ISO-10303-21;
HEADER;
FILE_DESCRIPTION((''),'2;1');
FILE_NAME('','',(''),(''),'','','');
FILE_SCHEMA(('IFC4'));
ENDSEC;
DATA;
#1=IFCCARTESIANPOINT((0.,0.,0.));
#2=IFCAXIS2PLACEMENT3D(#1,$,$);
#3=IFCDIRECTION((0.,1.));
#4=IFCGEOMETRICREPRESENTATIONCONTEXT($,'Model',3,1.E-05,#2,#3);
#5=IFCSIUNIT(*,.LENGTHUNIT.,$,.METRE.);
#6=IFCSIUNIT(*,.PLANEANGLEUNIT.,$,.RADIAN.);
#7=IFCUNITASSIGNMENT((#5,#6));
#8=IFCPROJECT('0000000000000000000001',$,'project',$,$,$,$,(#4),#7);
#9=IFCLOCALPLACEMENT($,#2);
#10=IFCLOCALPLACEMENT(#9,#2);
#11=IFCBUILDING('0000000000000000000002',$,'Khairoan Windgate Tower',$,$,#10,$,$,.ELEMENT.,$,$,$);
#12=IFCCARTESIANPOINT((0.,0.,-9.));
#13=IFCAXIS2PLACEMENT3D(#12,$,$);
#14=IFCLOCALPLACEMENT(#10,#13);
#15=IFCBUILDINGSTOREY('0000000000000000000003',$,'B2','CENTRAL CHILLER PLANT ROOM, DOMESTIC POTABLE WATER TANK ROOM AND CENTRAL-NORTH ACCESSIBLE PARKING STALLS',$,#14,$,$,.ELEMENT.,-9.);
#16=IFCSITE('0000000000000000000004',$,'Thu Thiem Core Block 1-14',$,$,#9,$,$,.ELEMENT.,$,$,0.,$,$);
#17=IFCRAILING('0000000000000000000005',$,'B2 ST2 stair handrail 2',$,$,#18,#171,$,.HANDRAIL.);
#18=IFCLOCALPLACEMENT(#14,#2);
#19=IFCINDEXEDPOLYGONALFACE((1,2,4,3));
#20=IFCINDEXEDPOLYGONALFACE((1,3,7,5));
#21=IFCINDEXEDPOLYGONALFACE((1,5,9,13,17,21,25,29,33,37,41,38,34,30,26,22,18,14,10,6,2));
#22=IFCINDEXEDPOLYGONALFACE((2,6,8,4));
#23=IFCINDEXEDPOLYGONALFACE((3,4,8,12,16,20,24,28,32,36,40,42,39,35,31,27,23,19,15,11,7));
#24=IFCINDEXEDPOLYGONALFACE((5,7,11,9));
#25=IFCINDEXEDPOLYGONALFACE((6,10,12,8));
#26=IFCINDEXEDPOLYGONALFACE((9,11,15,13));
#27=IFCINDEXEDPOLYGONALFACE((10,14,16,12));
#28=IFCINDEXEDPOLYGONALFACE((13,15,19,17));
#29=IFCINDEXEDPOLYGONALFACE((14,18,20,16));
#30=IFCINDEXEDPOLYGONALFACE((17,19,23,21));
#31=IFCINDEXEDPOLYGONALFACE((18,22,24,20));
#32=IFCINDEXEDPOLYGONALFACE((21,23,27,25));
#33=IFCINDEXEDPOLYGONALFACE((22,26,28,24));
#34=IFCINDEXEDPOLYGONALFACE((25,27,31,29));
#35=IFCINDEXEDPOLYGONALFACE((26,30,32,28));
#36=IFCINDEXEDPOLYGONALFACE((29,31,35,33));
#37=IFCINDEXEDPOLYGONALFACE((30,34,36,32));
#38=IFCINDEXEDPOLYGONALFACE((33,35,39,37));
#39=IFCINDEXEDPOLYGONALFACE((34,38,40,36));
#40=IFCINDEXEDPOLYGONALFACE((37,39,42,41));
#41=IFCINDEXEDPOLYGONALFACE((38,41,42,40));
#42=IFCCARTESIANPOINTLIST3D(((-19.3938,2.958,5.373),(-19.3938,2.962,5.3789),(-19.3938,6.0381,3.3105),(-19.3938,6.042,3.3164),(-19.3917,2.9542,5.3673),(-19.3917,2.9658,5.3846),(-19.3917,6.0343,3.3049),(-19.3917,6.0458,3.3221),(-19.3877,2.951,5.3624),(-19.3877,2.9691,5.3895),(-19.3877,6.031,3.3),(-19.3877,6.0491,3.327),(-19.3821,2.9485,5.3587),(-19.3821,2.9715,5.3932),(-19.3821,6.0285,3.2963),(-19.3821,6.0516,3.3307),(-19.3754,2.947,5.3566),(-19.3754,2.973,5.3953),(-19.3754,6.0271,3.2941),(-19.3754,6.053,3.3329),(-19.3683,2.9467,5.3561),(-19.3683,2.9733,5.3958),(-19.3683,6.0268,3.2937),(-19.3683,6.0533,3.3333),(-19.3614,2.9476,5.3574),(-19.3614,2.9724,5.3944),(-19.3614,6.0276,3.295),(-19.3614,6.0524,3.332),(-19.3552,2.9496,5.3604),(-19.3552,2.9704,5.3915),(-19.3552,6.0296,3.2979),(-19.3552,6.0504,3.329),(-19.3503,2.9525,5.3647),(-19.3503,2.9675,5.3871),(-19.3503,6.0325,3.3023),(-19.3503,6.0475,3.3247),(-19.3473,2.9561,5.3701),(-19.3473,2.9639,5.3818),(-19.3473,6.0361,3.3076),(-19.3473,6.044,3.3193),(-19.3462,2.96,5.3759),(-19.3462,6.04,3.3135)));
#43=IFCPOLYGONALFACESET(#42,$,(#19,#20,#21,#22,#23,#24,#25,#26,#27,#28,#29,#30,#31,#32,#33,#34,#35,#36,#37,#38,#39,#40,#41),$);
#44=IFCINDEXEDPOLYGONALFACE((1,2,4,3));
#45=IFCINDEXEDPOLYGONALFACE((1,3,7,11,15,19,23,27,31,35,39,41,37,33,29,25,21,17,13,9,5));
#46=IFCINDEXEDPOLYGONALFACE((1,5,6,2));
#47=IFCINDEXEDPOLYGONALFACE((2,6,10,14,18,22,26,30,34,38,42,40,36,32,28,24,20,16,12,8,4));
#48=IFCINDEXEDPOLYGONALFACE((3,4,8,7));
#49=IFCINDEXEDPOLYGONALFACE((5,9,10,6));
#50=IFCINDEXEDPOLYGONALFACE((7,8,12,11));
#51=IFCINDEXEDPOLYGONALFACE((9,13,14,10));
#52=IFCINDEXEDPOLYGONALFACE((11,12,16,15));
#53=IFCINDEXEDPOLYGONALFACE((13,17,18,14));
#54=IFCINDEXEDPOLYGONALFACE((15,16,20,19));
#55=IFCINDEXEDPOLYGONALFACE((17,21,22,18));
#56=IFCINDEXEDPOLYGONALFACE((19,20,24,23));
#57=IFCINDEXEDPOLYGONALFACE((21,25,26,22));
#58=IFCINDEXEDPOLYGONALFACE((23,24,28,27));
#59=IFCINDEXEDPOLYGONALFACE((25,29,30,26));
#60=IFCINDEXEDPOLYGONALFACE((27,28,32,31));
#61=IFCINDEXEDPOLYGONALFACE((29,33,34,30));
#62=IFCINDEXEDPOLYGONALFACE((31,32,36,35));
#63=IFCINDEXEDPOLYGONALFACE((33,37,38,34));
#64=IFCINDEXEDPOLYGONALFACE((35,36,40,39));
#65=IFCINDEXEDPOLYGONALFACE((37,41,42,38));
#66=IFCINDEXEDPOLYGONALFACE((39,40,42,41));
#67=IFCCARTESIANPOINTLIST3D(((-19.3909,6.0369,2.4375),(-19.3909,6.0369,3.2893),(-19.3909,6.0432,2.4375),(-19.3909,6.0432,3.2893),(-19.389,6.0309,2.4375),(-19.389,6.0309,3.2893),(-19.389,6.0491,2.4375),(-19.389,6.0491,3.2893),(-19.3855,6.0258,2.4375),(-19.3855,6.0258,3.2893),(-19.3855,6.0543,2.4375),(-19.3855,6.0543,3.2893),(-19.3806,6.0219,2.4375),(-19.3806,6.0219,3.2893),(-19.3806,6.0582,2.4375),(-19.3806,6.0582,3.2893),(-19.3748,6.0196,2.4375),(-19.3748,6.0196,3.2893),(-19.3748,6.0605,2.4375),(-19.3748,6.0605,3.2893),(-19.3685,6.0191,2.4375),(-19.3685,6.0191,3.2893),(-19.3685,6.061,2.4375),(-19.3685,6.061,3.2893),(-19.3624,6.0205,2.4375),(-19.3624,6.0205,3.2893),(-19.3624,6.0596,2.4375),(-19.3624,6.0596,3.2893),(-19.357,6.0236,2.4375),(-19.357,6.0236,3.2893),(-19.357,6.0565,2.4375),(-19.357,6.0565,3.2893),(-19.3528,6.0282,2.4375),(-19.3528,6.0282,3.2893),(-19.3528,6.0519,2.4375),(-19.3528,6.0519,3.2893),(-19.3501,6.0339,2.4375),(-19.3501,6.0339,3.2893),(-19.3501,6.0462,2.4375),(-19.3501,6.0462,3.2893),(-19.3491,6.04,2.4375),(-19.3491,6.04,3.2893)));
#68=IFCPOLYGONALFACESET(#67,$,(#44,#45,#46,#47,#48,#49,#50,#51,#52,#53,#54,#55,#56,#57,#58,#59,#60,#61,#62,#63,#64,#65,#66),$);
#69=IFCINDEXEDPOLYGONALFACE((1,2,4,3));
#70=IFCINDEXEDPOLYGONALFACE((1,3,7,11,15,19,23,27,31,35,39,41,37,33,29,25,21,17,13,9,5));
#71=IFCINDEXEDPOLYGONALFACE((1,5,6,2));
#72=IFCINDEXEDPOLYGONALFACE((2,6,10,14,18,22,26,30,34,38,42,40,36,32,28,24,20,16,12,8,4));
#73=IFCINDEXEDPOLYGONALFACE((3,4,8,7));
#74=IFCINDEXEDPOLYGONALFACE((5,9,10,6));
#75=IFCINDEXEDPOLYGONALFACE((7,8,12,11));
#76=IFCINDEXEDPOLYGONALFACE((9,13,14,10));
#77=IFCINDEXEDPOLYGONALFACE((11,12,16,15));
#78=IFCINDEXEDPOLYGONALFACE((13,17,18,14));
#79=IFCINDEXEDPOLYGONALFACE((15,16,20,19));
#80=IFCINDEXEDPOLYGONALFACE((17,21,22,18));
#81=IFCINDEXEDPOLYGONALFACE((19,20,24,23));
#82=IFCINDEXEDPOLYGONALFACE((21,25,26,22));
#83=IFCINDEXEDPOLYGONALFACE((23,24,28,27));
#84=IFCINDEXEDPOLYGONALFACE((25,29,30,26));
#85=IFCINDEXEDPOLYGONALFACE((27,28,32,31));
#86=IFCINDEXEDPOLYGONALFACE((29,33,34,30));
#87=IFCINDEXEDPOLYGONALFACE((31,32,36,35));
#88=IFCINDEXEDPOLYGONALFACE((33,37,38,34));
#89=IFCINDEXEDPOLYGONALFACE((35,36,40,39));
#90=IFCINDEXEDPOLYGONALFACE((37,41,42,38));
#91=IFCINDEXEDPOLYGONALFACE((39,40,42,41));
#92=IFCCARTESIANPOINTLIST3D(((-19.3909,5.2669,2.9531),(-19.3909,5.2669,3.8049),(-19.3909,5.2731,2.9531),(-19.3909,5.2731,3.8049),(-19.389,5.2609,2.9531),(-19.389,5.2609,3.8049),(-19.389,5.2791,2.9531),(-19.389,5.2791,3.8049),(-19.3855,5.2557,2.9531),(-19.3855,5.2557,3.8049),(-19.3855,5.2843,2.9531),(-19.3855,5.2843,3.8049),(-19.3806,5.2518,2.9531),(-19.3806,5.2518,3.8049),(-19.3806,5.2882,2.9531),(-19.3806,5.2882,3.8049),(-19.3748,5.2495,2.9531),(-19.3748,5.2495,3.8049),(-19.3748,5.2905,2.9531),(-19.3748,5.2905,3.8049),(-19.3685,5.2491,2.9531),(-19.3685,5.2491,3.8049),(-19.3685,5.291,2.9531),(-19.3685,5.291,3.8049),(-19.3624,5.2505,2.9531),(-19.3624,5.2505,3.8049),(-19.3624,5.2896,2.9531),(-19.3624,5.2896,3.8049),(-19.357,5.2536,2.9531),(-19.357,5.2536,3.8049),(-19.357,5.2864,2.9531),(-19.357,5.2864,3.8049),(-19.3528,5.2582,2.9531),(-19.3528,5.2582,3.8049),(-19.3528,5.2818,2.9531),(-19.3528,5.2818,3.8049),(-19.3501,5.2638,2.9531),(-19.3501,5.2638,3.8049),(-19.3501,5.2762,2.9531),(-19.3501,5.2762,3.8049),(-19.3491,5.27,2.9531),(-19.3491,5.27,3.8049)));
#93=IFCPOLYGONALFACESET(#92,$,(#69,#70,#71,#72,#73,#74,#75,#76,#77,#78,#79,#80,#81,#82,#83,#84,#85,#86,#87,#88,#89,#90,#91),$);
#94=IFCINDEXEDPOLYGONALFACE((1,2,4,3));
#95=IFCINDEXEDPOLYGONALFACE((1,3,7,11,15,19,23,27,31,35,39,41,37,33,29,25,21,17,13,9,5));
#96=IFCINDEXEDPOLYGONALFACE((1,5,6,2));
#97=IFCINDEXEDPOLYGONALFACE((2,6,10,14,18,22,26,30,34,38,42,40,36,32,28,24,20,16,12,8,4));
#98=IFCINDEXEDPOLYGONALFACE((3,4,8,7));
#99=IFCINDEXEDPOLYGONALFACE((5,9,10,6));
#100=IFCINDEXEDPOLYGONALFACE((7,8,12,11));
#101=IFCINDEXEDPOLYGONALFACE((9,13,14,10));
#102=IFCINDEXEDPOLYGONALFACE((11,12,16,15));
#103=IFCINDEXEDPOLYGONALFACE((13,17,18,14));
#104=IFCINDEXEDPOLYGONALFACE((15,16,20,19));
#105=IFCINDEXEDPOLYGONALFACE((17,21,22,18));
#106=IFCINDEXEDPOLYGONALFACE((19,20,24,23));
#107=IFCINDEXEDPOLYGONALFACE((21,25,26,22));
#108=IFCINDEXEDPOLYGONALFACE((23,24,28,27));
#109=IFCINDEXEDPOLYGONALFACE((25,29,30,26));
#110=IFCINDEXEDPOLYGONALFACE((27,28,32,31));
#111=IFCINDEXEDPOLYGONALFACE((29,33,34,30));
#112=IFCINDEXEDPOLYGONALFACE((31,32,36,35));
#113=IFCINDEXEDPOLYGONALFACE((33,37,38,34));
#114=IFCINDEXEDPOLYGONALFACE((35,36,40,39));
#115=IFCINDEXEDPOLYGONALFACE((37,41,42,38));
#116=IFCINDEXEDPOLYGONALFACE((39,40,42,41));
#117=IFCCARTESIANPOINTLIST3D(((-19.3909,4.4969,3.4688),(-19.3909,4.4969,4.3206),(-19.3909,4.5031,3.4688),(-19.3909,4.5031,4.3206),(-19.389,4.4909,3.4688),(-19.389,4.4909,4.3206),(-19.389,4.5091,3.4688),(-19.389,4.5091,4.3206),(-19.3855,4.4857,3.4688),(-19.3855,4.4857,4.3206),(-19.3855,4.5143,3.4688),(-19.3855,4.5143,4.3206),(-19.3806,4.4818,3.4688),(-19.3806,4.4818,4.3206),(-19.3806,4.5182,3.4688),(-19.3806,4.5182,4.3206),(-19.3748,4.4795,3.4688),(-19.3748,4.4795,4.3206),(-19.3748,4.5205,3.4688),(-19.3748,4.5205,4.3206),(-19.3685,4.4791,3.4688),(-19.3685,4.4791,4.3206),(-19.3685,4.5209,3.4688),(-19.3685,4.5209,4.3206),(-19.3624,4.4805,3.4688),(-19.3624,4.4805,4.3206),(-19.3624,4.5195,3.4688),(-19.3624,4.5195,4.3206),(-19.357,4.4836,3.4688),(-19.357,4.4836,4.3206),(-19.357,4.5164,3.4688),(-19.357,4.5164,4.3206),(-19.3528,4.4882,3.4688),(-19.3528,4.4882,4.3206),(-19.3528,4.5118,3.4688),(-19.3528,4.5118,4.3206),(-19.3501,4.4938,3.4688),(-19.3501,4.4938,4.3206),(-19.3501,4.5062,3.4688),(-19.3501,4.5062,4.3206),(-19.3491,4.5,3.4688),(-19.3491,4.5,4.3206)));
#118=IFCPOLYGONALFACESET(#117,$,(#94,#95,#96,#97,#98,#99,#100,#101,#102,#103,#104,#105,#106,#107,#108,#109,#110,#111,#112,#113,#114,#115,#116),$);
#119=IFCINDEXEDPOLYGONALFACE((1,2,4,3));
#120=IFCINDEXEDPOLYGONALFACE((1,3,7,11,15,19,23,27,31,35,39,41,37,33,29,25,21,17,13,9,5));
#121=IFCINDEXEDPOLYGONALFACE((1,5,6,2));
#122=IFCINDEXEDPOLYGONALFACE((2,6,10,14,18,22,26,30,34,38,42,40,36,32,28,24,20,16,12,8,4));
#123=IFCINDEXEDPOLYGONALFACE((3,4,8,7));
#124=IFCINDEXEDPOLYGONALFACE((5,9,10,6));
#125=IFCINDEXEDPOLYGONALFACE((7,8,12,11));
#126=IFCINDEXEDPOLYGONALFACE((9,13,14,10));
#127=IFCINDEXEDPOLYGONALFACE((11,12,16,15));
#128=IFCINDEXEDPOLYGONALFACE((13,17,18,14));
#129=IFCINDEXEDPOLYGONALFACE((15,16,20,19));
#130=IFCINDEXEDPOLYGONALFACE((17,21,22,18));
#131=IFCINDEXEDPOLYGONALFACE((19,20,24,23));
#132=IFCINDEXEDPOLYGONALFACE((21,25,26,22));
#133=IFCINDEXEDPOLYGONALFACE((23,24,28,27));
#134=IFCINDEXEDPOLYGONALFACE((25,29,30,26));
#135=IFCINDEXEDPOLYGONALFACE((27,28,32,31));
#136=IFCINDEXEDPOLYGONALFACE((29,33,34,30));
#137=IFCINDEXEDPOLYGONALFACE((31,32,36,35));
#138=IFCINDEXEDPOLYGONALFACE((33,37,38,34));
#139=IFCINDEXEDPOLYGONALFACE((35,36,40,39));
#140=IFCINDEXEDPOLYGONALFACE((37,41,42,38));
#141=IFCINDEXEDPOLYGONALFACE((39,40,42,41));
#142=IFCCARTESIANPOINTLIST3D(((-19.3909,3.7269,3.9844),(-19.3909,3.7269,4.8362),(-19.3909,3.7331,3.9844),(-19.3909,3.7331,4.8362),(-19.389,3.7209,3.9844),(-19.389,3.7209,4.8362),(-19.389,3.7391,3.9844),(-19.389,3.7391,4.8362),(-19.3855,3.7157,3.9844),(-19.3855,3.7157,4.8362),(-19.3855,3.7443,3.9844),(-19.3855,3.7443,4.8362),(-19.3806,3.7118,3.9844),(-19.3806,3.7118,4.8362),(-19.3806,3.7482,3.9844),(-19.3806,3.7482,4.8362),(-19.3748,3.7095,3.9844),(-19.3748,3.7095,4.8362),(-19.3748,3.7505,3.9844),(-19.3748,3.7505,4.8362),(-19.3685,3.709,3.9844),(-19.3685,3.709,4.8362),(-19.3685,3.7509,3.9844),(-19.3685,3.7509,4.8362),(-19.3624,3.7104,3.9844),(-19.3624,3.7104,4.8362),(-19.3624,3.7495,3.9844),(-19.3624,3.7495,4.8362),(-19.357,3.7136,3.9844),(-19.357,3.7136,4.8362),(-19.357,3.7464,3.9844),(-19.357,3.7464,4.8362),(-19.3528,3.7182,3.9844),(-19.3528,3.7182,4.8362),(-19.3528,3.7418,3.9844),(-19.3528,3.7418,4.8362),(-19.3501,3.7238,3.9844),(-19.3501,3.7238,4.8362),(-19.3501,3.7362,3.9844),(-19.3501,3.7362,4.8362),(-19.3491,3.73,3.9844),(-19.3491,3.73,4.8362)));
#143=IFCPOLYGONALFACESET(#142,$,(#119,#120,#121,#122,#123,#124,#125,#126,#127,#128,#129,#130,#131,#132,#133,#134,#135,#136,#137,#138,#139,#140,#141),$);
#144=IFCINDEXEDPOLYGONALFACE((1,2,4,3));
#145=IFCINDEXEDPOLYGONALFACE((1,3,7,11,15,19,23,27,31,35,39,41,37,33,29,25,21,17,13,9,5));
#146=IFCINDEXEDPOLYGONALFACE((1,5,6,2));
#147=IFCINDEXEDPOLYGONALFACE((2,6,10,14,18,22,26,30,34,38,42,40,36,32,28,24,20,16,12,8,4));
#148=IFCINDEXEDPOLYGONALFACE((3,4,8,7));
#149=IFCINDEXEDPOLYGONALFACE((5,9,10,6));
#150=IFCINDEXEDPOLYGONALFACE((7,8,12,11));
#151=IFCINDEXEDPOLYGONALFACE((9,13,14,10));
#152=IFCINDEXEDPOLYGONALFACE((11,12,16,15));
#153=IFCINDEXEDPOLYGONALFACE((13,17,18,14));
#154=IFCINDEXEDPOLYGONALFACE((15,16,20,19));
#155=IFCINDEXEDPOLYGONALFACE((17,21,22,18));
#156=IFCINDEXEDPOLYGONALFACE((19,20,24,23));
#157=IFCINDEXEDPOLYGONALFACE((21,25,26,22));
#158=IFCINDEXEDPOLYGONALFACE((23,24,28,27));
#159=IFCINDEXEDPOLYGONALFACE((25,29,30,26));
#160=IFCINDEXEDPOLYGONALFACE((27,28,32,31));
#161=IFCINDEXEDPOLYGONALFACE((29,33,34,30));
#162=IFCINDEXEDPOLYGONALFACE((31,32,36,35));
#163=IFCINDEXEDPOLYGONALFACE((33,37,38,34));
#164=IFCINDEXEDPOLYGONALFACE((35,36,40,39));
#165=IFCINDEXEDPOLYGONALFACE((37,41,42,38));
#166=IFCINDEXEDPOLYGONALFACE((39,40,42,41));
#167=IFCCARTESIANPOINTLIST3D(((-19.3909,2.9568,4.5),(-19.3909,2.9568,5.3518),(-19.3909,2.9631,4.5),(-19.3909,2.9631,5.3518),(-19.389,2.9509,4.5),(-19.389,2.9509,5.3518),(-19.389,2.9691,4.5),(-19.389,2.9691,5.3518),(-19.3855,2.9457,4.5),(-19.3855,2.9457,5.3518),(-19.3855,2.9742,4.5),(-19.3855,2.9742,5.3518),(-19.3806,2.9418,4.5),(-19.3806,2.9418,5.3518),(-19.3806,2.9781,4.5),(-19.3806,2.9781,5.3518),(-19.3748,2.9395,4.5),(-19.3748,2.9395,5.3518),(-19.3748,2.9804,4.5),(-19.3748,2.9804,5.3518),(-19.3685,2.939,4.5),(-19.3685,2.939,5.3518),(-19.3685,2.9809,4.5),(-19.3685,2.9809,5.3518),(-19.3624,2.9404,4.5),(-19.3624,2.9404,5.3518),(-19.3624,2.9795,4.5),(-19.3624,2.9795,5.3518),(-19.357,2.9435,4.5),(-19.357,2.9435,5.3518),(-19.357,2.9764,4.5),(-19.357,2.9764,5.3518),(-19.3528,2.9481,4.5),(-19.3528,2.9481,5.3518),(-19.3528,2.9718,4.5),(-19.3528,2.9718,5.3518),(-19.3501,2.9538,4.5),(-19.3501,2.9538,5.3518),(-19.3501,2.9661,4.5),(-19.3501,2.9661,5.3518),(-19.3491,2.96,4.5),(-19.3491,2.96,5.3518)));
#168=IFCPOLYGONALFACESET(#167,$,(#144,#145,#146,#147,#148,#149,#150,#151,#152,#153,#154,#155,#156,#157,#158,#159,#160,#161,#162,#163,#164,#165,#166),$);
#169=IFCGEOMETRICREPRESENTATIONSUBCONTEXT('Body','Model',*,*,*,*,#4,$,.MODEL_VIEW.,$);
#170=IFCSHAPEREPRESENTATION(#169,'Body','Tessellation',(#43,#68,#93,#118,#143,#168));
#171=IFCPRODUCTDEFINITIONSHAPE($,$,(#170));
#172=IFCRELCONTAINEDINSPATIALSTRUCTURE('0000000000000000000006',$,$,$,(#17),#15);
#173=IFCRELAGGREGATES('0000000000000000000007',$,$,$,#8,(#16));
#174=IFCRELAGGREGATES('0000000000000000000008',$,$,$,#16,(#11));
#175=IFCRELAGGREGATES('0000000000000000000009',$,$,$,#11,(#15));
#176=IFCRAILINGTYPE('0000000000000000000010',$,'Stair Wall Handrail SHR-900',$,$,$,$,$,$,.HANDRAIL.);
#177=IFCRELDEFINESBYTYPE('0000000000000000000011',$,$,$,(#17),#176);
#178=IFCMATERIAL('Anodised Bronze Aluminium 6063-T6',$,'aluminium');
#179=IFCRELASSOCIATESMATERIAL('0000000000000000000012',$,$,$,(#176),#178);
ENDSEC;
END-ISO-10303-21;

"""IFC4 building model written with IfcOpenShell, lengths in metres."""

from ifc_helpers import new_model, si_unit, direction, frame, origin, origin_2d, place, context, subcontext, project, spatial, circle, extrude, material, type_object, element, save


model = new_model("IFC4")

# Units and contexts
model_context = context("Model", 3, precision=1e-05, world=origin(), true_north=direction((0.0, 1.0)))
body_context = subcontext(model_context, "Body", "Model", "MODEL_VIEW")
ifc_project = project(units=[si_unit("LENGTHUNIT", "METRE"), si_unit("PLANEANGLEUNIT", "RADIAN")], contexts=[model_context])

# Site, building, storey
site_placement = place(None, origin())
site = spatial("IfcSite", under=ifc_project, at=site_placement, Name="Thu Thiem Core Block 1-14", CompositionType="ELEMENT", RefElevation=0.0)
building_placement = place(site_placement, origin())
building = spatial("IfcBuilding", under=site, at=building_placement, Name="Khairoan Windgate Tower", CompositionType="ELEMENT")
storey_placement = place(building_placement, frame((0.0, 0.0, -9.0)))
storey = spatial("IfcBuildingStorey", under=building, at=storey_placement, Name="B2", Description="CENTRAL CHILLER PLANT ROOM, DOMESTIC POTABLE WATER TANK ROOM AND CENTRAL-NORTH ACCESSIBLE PARKING STALLS", CompositionType="ELEMENT", Elevation=-9.0)

# Railing
ifc_material_1 = material(Name="Anodised Bronze Aluminium 6063-T6", Category="aluminium")
railing_type_1 = type_object("IfcRailingType", Name="Stair Wall Handrail SHR-900", PredefinedType="HANDRAIL", material=ifc_material_1)
railing_1_placement = place(storey_placement, frame((-19.3701, 6.04, 2.4375)))
element("IfcRailing", 1, at=railing_1_placement, inside=storey, type_object=railing_type_1, Name="B2 ST2 stair handrail 2", PredefinedType="HANDRAIL", context=body_context, shape_type="SweptSolid", body=[
    extrude(circle(Radius=0.0239, at=origin_2d()), frame((0.0, 0.0, 0.876), z_axis=(0.0, -0.830914, 0.556401), x_axis=(1.0, 0.0, 0.0)), (0.0, 0.0, 1.0), 3.7068),
    extrude(circle(Radius=0.021, at=origin_2d()), origin(), (0.0, 0.0, 1.0), 0.8518),
    extrude(circle(Radius=0.021, at=origin_2d()), frame((0.0, -0.77, 0.5156)), (0.0, 0.0, 1.0), 0.8518),
    extrude(circle(Radius=0.021, at=origin_2d()), frame((0.0, -1.54, 1.0312)), (0.0, 0.0, 1.0), 0.8518),
    extrude(circle(Radius=0.021, at=origin_2d()), frame((0.0, -2.3101, 1.5469)), (0.0, 0.0, 1.0), 0.8518),
    extrude(circle(Radius=0.021, at=origin_2d()), frame((0.0, -3.0801, 2.0625)), (0.0, 0.0, 1.0), 0.8518),
])

save(model, "model.ifc")
